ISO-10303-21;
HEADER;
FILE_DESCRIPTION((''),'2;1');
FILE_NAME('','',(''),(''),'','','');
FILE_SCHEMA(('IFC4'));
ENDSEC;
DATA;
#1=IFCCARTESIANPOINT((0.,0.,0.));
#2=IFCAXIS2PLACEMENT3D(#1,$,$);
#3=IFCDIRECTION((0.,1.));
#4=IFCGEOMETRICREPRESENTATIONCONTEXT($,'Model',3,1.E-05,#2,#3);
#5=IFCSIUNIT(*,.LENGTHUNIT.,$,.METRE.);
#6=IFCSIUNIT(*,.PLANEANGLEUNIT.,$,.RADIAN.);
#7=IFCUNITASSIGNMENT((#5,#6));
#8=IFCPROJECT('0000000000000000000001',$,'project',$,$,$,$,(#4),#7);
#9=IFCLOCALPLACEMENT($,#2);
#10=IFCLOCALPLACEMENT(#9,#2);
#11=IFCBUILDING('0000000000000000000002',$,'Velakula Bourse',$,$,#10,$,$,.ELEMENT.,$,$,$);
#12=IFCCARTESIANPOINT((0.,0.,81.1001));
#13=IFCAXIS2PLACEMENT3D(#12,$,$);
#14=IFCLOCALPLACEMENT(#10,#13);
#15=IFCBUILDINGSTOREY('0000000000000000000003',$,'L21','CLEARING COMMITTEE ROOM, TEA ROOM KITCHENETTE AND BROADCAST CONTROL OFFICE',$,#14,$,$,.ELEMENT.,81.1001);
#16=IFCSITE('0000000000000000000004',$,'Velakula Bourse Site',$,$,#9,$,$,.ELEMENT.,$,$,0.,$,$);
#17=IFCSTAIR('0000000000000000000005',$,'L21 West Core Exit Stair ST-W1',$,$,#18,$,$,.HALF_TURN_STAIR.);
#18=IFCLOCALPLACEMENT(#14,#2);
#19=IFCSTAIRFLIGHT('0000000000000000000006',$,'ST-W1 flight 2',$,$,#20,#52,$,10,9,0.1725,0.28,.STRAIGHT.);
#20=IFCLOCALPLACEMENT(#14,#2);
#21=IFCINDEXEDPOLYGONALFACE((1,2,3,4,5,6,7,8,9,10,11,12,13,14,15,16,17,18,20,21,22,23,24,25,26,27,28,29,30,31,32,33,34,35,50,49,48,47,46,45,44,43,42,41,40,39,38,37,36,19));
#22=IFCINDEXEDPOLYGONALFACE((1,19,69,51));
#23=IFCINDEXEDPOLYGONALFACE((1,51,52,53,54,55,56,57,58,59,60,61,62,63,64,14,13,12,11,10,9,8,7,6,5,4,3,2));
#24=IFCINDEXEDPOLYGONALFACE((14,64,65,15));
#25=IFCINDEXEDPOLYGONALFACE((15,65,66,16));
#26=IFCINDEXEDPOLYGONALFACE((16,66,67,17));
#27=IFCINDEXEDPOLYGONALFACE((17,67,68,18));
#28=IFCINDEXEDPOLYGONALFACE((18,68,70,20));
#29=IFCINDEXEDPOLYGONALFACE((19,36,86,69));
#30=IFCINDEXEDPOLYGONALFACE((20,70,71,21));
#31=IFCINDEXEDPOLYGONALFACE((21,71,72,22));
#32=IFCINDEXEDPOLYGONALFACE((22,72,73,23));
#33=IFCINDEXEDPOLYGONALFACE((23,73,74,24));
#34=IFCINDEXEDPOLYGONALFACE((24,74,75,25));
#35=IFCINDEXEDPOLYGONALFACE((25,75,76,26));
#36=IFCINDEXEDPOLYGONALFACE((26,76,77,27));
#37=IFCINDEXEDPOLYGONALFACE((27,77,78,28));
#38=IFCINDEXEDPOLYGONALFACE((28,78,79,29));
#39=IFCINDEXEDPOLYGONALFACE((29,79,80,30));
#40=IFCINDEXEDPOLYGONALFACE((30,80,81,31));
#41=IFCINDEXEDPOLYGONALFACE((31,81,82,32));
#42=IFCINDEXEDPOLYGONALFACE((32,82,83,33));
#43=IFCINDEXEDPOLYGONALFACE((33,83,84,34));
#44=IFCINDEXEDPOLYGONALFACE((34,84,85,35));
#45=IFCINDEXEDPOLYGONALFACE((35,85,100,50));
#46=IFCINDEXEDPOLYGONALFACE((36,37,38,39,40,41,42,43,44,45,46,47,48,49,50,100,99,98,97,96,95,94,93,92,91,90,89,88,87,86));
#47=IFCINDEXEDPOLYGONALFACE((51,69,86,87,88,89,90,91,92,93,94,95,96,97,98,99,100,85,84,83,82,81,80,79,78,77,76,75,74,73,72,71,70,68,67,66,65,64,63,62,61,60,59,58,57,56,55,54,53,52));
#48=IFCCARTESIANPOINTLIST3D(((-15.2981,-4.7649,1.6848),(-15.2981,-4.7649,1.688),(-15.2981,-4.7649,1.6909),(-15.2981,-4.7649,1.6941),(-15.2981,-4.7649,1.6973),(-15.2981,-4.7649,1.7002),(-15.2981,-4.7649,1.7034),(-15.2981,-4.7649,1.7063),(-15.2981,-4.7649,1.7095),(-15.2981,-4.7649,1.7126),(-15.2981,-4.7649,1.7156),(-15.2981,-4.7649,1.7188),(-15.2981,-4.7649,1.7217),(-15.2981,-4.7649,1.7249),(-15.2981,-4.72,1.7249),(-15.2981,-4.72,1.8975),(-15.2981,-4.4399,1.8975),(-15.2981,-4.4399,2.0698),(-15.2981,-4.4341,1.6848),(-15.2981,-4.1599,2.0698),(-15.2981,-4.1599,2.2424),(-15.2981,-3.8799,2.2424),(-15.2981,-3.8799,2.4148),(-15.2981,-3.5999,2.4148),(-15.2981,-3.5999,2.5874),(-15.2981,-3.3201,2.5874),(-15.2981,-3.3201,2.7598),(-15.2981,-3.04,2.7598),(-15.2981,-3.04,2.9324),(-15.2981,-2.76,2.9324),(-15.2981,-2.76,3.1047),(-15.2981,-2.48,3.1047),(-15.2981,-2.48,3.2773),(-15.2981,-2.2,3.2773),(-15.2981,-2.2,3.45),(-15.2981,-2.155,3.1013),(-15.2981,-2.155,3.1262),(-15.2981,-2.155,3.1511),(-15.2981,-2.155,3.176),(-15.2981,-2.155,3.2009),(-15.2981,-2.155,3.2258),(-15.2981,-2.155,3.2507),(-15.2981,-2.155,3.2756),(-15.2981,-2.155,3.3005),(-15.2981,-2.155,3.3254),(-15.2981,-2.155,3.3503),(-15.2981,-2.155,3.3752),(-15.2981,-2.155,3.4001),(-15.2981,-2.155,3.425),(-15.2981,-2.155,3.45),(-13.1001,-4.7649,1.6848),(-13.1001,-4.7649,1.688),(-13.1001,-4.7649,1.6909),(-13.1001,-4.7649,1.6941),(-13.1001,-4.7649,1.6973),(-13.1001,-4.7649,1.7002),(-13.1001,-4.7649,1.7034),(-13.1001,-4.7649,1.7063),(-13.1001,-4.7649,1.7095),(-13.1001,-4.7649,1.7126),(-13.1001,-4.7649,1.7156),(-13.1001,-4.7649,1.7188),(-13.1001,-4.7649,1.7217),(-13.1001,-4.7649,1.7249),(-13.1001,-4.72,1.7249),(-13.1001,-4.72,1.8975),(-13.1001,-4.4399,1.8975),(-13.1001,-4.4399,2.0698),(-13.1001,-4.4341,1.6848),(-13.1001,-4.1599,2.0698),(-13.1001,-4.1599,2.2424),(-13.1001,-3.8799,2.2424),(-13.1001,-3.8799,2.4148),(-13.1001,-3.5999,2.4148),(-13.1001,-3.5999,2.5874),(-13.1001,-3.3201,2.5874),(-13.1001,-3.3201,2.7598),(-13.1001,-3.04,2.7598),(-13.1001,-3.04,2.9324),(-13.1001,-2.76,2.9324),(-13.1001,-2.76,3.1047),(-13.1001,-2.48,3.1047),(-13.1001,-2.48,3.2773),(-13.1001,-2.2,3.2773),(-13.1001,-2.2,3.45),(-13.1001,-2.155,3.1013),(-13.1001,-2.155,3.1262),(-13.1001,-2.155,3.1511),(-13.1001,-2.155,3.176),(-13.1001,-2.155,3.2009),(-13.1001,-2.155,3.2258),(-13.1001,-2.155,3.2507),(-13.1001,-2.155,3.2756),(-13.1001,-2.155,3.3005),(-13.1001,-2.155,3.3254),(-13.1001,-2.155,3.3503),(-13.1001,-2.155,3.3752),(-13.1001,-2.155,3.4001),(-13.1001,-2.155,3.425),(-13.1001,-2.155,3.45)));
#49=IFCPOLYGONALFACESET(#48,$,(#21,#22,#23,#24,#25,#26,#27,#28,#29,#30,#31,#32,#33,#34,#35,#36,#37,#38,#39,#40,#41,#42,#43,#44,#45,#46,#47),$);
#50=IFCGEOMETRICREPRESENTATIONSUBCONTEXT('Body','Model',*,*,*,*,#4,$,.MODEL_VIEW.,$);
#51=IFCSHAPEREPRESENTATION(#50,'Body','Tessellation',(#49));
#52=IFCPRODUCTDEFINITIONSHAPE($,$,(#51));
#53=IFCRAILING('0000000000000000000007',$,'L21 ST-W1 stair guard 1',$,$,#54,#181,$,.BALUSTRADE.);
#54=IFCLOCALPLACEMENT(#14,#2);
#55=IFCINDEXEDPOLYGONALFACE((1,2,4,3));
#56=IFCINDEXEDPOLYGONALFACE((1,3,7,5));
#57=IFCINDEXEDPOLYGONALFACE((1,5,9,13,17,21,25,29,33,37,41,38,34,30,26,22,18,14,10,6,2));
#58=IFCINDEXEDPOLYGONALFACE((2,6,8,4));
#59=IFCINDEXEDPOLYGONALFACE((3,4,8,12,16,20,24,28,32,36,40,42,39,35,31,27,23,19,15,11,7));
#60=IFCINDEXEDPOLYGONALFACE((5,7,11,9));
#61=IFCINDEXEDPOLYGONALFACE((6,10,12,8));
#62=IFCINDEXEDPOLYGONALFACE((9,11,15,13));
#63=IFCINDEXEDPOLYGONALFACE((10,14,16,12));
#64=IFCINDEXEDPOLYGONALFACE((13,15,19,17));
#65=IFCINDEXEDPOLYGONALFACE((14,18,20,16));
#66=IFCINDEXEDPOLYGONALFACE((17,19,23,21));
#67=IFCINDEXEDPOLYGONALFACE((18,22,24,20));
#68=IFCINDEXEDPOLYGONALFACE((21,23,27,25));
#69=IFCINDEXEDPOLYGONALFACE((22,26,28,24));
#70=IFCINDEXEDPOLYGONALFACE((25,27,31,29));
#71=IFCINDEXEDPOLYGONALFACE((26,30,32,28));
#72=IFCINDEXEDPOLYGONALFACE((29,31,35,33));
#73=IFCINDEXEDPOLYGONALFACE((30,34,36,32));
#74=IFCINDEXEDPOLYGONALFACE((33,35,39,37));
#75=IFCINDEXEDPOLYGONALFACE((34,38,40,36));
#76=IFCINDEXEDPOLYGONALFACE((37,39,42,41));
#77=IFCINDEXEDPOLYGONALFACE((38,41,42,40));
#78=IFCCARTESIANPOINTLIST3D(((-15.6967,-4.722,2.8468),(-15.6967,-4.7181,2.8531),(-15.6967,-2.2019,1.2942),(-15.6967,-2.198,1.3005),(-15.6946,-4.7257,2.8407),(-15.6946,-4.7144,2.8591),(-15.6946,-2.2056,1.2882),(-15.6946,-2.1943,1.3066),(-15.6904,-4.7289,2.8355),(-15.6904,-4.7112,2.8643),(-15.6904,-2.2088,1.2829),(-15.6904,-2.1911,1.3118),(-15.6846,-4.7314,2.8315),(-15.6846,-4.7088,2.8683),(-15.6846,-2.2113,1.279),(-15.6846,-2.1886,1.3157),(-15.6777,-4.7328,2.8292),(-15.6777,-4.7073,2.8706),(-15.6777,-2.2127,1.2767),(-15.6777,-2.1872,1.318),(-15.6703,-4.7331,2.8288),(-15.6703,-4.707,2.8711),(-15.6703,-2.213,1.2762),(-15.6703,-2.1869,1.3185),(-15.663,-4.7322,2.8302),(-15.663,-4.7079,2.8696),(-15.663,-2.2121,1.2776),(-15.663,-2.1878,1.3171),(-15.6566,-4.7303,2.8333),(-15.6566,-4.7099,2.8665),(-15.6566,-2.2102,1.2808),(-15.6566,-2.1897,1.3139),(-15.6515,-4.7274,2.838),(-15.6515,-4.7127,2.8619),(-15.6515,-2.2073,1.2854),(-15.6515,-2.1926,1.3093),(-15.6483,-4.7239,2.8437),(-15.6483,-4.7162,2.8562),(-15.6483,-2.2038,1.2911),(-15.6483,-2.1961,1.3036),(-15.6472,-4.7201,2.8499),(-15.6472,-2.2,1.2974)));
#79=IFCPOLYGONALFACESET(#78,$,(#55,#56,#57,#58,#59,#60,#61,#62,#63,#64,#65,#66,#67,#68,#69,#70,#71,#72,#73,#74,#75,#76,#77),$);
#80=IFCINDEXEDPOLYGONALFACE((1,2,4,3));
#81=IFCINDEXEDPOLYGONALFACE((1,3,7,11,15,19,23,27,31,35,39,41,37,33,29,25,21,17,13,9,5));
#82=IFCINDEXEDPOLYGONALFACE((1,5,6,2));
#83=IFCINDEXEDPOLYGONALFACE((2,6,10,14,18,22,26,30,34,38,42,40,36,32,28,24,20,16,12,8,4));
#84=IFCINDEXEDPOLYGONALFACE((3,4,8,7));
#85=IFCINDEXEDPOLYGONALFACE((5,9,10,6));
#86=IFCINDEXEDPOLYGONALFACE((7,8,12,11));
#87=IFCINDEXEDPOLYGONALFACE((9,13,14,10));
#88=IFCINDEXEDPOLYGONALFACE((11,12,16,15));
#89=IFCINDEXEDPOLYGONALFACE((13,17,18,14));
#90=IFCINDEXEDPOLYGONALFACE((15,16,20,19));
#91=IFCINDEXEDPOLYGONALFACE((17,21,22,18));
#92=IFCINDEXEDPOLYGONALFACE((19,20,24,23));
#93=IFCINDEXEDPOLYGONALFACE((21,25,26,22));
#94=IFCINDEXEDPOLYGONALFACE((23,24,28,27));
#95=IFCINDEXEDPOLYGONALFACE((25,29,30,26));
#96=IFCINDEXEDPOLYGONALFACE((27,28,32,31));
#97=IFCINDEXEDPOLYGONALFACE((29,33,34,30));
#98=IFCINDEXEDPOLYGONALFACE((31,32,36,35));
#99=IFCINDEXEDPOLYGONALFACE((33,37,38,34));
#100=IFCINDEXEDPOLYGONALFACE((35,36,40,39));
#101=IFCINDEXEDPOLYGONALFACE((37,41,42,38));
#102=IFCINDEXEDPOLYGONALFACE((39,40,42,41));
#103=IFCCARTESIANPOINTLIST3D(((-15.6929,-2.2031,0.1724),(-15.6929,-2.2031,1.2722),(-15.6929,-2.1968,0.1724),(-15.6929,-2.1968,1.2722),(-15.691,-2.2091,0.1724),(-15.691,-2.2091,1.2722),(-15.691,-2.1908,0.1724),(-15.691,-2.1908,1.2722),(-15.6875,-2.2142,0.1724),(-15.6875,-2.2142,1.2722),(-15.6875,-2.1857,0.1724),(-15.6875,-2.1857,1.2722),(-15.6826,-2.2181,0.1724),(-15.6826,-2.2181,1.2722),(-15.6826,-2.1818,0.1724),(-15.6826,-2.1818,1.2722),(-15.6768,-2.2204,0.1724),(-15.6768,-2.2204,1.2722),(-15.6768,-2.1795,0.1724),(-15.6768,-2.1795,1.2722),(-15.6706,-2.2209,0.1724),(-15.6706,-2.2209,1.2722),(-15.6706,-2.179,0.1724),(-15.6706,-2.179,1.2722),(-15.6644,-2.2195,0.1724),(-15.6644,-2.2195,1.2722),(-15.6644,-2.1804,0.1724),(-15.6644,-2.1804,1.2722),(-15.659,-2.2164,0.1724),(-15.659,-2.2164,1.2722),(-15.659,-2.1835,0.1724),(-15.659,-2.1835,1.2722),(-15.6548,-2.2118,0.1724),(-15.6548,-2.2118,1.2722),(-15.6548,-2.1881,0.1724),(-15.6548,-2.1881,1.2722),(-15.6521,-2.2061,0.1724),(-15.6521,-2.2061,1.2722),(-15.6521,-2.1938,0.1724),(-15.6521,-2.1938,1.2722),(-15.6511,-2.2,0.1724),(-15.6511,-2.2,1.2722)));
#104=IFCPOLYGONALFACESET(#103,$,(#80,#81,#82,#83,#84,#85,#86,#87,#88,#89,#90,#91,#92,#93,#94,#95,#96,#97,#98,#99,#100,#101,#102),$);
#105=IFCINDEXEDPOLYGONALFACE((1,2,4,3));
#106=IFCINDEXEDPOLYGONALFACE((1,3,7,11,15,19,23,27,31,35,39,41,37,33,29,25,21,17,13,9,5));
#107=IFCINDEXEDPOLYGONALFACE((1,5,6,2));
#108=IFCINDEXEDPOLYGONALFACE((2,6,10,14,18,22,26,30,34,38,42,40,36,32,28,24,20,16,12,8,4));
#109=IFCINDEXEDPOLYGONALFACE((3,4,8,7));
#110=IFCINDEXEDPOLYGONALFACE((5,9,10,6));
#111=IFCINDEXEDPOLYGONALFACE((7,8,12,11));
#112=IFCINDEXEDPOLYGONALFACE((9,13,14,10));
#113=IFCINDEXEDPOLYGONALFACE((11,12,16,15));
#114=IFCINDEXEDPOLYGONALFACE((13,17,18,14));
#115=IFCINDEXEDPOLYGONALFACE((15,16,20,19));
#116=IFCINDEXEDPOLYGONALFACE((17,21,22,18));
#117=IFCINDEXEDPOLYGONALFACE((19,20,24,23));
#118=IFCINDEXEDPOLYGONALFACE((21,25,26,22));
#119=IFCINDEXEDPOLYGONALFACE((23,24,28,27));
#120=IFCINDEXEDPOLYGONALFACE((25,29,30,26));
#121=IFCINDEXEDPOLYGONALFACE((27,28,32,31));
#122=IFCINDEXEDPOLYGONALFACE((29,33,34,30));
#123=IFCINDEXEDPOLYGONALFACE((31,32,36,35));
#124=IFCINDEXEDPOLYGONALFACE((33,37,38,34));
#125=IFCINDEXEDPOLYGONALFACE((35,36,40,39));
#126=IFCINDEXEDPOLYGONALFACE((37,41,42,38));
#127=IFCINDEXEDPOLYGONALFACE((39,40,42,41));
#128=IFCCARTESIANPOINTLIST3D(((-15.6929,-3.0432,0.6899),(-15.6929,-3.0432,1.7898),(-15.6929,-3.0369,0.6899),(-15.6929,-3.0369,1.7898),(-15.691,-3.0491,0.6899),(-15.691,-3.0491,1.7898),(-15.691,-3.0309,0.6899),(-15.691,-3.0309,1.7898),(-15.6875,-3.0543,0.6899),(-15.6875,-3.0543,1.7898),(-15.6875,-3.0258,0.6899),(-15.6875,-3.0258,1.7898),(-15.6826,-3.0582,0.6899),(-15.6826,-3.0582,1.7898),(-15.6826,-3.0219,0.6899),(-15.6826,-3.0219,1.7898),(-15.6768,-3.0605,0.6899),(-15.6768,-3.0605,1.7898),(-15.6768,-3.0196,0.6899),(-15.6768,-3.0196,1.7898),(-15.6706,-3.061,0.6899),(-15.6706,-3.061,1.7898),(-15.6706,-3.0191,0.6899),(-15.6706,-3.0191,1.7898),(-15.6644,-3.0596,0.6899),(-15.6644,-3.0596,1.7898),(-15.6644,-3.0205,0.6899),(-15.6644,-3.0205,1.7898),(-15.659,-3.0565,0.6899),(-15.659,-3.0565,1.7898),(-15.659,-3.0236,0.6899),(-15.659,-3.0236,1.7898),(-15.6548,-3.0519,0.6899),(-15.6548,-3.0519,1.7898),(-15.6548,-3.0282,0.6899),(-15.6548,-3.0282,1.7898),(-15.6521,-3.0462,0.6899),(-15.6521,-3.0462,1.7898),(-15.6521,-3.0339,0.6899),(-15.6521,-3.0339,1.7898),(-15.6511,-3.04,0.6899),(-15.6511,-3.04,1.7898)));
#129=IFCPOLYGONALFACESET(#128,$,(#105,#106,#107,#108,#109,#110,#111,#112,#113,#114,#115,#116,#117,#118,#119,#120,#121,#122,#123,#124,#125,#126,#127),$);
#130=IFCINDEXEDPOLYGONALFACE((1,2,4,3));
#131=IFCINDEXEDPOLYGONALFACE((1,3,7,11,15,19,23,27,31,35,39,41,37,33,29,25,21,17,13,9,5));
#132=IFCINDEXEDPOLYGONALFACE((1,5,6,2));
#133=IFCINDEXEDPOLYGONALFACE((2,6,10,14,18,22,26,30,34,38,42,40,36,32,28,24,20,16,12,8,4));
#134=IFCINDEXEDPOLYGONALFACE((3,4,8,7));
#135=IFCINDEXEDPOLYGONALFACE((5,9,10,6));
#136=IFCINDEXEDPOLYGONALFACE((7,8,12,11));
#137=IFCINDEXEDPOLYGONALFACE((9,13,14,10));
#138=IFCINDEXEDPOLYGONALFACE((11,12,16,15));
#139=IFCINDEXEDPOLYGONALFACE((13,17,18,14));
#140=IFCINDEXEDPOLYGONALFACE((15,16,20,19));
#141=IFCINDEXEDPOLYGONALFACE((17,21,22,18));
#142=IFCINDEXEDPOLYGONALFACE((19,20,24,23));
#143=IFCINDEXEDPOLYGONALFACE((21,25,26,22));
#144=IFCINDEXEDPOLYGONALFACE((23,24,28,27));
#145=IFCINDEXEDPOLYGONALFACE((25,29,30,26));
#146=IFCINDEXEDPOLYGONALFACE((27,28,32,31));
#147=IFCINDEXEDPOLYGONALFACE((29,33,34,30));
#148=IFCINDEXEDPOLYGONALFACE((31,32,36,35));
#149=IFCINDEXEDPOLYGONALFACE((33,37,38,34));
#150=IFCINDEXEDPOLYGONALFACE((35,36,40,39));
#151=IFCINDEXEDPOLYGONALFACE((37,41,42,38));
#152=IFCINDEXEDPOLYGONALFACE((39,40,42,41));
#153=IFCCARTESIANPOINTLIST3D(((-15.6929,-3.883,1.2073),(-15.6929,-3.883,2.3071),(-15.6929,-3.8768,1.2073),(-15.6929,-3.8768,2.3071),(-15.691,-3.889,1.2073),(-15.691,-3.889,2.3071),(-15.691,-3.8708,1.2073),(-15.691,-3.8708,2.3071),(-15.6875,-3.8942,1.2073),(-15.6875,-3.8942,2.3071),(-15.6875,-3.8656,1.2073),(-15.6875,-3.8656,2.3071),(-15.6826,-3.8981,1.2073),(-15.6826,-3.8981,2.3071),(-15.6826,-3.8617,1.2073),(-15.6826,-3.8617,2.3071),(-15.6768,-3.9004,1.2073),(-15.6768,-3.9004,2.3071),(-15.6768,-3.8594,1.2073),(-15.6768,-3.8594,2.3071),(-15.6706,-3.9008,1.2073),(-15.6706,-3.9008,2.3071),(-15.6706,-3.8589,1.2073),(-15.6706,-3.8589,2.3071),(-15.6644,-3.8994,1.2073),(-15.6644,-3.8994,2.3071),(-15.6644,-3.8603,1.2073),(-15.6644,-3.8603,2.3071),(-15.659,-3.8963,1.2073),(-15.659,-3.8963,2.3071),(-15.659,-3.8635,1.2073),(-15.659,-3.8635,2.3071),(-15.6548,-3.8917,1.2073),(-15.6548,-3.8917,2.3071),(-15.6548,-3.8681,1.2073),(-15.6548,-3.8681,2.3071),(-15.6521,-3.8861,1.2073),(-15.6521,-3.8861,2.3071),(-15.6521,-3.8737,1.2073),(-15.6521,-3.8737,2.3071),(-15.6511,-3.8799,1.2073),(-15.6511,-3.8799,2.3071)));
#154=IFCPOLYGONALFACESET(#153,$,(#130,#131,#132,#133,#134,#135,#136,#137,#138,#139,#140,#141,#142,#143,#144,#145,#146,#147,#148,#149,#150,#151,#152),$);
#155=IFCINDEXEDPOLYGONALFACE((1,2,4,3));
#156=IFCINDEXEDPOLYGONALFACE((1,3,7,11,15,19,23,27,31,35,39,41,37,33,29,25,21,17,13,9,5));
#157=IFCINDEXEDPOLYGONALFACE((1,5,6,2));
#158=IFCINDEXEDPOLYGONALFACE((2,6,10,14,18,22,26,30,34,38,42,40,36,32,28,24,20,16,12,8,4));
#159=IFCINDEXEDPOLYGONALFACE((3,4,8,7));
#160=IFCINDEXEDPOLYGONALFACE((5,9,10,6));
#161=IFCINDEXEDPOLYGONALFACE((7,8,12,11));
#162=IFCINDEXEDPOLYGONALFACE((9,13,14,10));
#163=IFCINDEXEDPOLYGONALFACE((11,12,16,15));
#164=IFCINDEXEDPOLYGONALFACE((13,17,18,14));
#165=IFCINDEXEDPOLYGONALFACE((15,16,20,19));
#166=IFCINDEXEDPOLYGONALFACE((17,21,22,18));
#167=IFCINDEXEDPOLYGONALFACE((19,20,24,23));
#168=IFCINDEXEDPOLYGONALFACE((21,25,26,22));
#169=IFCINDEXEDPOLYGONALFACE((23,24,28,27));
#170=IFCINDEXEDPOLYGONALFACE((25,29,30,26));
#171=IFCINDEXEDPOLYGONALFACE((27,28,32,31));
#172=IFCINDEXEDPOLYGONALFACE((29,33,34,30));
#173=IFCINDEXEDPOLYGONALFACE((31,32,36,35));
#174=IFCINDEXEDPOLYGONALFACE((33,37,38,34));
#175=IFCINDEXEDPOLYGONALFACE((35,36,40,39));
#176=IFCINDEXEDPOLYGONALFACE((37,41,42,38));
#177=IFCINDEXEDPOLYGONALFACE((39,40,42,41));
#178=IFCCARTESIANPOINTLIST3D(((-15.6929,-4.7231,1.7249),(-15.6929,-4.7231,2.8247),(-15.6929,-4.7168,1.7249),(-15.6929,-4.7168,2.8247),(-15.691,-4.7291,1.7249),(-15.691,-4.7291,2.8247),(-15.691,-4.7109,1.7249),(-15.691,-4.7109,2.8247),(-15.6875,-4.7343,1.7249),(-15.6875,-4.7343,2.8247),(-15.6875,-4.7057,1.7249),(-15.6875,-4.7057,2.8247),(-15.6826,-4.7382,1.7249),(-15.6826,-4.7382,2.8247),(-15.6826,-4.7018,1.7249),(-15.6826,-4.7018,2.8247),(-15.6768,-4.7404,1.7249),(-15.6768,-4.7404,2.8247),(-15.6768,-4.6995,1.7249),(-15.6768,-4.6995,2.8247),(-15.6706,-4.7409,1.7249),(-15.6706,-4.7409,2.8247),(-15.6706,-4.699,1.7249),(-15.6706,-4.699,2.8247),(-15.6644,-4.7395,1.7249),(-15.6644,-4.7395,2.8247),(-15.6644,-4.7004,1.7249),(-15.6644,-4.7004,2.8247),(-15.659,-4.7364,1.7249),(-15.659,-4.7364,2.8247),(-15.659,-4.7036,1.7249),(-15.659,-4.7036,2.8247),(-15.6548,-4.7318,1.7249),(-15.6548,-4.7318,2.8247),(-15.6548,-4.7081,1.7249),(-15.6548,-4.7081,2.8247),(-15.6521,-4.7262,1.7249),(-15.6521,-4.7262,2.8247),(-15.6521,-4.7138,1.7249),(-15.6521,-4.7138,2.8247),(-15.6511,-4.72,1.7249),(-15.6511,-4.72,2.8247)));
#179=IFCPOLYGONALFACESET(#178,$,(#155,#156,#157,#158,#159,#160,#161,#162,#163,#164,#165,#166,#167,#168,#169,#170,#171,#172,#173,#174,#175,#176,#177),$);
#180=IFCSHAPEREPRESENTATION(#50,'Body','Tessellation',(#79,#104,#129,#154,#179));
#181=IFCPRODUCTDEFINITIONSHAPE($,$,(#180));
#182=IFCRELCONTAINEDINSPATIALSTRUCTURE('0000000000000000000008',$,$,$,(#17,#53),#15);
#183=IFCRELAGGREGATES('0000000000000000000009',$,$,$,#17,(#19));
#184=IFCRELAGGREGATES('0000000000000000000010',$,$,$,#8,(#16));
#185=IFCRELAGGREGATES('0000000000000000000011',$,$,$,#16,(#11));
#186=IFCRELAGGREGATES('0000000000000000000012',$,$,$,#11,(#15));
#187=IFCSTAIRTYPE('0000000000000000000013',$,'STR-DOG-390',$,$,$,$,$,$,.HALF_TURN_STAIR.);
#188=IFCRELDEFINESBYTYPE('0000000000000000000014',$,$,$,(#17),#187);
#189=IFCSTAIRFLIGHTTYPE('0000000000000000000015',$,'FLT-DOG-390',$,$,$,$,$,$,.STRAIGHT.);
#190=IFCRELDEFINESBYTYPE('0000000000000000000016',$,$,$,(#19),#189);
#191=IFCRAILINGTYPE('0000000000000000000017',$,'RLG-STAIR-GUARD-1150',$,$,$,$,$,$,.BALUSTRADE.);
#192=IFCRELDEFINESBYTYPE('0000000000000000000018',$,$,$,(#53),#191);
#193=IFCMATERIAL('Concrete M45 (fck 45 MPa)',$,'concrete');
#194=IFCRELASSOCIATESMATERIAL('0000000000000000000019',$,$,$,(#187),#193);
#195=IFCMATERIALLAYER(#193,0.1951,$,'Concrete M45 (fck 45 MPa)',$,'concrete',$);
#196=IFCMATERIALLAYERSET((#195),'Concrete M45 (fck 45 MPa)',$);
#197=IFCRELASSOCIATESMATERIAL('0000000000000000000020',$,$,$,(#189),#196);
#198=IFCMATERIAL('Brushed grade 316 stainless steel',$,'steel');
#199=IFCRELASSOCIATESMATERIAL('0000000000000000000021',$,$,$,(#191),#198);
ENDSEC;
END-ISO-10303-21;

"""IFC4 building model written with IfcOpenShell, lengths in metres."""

from ifc_helpers import new_model, si_unit, direction, frame, origin, origin_2d, place, context, subcontext, project, spatial, polyline, circle, outline, extrude, material, layer, layer_set, type_object, element, aggregate, save


model = new_model("IFC4")

# Units and contexts
model_context = context("Model", 3, precision=1e-05, world=origin(), true_north=direction((0.0, 1.0)))
body_context = subcontext(model_context, "Body", "Model", "MODEL_VIEW")
ifc_project = project(units=[si_unit("LENGTHUNIT", "METRE"), si_unit("PLANEANGLEUNIT", "RADIAN")], contexts=[model_context])

# Site, building, storey
site_placement = place(None, origin())
site = spatial("IfcSite", under=ifc_project, at=site_placement, Name="Velakula Bourse Site", CompositionType="ELEMENT", RefElevation=0.0)
building_placement = place(site_placement, origin())
building = spatial("IfcBuilding", under=site, at=building_placement, Name="Velakula Bourse", CompositionType="ELEMENT")
storey_placement = place(building_placement, frame((0.0, 0.0, 81.1001)))
storey = spatial("IfcBuildingStorey", under=building, at=storey_placement, Name="L21", Description="CLEARING COMMITTEE ROOM, TEA ROOM KITCHENETTE AND BROADCAST CONTROL OFFICE", CompositionType="ELEMENT", Elevation=81.1001)

# Shared definitions
ifc_material_1 = material(Name="Brushed grade 316 stainless steel", Category="steel")

# Stair, stair flight
ifc_material_2 = material(Name="Concrete M45 (fck 45 MPa)", Category="concrete")
stair_type = type_object("IfcStairType", Name="STR-DOG-390", PredefinedType="HALF_TURN_STAIR", material=ifc_material_2)
stair_placement = place(storey_placement, origin())
stair = element("IfcStair", 1, at=stair_placement, inside=storey, type_object=stair_type, Name="L21 West Core Exit Stair ST-W1", PredefinedType="HALF_TURN_STAIR")
ifc_layer_1 = layer(ifc_material_2, 0.1951, Name="Concrete M45 (fck 45 MPa)", Category="concrete")
ifc_layer_set_1 = layer_set([ifc_layer_1], Name="Concrete M45 (fck 45 MPa)")
stair_flight_type = type_object("IfcStairFlightType", Name="FLT-DOG-390", PredefinedType="STRAIGHT", material=ifc_layer_set_1)
stair_flight_1_placement = place(storey_placement, frame((-14.199, -4.72, 1.7249), z_axis=(0.0, 0.0, 1.0), x_axis=(0.0, 1.0, 0.0)))
stair_flight_1 = element("IfcStairFlight", 2, at=stair_flight_1_placement, type_object=stair_flight_type, Name="ST-W1 flight 2", NumberOfRisers=10, NumberOfTreads=9, PredefinedType="STRAIGHT", RiserHeight=0.1725, TreadLength=0.28, context=body_context, shape_type="SweptSolid", body=[
    extrude(outline(polyline([(-0.0449, -0.04), (-0.0449, -0.0369), (-0.0449, -0.0339), (-0.0449, -0.0308), (-0.0449, -0.0276), (-0.0449, -0.0247), (-0.0449, -0.0215), (-0.0449, -0.0186), (-0.0449, -0.0154), (-0.0449, -0.0122), (-0.0449, -0.0093), (-0.0449, -0.0061), (-0.0449, -0.0032), (-0.0449, 0.0), (0.0, 0.0), (0.0, 0.1726), (0.28, 0.1726), (0.28, 0.345), (0.5601, 0.345), (0.5601, 0.5176), (0.8401, 0.5176), (0.8401, 0.6899), (1.1201, 0.6899), (1.1201, 0.8625), (1.3999, 0.8625), (1.3999, 1.0349), (1.6799, 1.0349), (1.6799, 1.2075), (1.96, 1.2075), (1.96, 1.3799), (2.24, 1.3799), (2.24, 1.5525), (2.52, 1.5525), (2.52, 1.7251), (2.5649, 1.7251), (2.5649, 1.7002), (2.5649, 1.6753), (2.5649, 1.6504), (2.5649, 1.6255), (2.5649, 1.6006), (2.5649, 1.5757), (2.5649, 1.5508), (2.5649, 1.5259), (2.5649, 1.501), (2.5649, 1.4761), (2.5649, 1.4512), (2.5649, 1.4263), (2.5649, 1.4014), (2.5649, 1.3765), (0.2859, -0.04), (-0.0449, -0.04)])), frame((0.0, 1.0991, 0.0), z_axis=(0.0, -1.0, 0.0), x_axis=(1.0, 0.0, 0.0)), (0.0, 0.0, 1.0), 2.198),
])
aggregate(stair, [stair_flight_1])

# Railing
railing_type_1 = type_object("IfcRailingType", Name="RLG-STAIR-GUARD-1150", PredefinedType="BALUSTRADE", material=ifc_material_1)
railing_1_placement = place(storey_placement, frame((-15.6721, -2.2, 0.1724)))
element("IfcRailing", 3, at=railing_1_placement, inside=storey, type_object=railing_type_1, Name="L21 ST-W1 stair guard 1", PredefinedType="BALUSTRADE", context=body_context, shape_type="SweptSolid", body=[
    extrude(circle(Radius=0.0249, at=origin_2d()), frame((0.0, 0.0, 1.125), z_axis=(0.0, -0.8514, 0.524516), x_axis=(1.0, 0.0, 0.0)), (0.0, 0.0, 1.0), 2.96),
    extrude(circle(Radius=0.021, at=origin_2d()), origin(), (0.0, 0.0, 1.0), 1.0999),
    extrude(circle(Radius=0.021, at=origin_2d()), frame((0.0, -0.8401, 0.5176)), (0.0, 0.0, 1.0), 1.0999),
    extrude(circle(Radius=0.021, at=origin_2d()), frame((0.0, -1.6799, 1.0349)), (0.0, 0.0, 1.0), 1.0999),
    extrude(circle(Radius=0.021, at=origin_2d()), frame((0.0, -2.52, 1.5525)), (0.0, 0.0, 1.0), 1.0999),
])

save(model, "model.ifc")
